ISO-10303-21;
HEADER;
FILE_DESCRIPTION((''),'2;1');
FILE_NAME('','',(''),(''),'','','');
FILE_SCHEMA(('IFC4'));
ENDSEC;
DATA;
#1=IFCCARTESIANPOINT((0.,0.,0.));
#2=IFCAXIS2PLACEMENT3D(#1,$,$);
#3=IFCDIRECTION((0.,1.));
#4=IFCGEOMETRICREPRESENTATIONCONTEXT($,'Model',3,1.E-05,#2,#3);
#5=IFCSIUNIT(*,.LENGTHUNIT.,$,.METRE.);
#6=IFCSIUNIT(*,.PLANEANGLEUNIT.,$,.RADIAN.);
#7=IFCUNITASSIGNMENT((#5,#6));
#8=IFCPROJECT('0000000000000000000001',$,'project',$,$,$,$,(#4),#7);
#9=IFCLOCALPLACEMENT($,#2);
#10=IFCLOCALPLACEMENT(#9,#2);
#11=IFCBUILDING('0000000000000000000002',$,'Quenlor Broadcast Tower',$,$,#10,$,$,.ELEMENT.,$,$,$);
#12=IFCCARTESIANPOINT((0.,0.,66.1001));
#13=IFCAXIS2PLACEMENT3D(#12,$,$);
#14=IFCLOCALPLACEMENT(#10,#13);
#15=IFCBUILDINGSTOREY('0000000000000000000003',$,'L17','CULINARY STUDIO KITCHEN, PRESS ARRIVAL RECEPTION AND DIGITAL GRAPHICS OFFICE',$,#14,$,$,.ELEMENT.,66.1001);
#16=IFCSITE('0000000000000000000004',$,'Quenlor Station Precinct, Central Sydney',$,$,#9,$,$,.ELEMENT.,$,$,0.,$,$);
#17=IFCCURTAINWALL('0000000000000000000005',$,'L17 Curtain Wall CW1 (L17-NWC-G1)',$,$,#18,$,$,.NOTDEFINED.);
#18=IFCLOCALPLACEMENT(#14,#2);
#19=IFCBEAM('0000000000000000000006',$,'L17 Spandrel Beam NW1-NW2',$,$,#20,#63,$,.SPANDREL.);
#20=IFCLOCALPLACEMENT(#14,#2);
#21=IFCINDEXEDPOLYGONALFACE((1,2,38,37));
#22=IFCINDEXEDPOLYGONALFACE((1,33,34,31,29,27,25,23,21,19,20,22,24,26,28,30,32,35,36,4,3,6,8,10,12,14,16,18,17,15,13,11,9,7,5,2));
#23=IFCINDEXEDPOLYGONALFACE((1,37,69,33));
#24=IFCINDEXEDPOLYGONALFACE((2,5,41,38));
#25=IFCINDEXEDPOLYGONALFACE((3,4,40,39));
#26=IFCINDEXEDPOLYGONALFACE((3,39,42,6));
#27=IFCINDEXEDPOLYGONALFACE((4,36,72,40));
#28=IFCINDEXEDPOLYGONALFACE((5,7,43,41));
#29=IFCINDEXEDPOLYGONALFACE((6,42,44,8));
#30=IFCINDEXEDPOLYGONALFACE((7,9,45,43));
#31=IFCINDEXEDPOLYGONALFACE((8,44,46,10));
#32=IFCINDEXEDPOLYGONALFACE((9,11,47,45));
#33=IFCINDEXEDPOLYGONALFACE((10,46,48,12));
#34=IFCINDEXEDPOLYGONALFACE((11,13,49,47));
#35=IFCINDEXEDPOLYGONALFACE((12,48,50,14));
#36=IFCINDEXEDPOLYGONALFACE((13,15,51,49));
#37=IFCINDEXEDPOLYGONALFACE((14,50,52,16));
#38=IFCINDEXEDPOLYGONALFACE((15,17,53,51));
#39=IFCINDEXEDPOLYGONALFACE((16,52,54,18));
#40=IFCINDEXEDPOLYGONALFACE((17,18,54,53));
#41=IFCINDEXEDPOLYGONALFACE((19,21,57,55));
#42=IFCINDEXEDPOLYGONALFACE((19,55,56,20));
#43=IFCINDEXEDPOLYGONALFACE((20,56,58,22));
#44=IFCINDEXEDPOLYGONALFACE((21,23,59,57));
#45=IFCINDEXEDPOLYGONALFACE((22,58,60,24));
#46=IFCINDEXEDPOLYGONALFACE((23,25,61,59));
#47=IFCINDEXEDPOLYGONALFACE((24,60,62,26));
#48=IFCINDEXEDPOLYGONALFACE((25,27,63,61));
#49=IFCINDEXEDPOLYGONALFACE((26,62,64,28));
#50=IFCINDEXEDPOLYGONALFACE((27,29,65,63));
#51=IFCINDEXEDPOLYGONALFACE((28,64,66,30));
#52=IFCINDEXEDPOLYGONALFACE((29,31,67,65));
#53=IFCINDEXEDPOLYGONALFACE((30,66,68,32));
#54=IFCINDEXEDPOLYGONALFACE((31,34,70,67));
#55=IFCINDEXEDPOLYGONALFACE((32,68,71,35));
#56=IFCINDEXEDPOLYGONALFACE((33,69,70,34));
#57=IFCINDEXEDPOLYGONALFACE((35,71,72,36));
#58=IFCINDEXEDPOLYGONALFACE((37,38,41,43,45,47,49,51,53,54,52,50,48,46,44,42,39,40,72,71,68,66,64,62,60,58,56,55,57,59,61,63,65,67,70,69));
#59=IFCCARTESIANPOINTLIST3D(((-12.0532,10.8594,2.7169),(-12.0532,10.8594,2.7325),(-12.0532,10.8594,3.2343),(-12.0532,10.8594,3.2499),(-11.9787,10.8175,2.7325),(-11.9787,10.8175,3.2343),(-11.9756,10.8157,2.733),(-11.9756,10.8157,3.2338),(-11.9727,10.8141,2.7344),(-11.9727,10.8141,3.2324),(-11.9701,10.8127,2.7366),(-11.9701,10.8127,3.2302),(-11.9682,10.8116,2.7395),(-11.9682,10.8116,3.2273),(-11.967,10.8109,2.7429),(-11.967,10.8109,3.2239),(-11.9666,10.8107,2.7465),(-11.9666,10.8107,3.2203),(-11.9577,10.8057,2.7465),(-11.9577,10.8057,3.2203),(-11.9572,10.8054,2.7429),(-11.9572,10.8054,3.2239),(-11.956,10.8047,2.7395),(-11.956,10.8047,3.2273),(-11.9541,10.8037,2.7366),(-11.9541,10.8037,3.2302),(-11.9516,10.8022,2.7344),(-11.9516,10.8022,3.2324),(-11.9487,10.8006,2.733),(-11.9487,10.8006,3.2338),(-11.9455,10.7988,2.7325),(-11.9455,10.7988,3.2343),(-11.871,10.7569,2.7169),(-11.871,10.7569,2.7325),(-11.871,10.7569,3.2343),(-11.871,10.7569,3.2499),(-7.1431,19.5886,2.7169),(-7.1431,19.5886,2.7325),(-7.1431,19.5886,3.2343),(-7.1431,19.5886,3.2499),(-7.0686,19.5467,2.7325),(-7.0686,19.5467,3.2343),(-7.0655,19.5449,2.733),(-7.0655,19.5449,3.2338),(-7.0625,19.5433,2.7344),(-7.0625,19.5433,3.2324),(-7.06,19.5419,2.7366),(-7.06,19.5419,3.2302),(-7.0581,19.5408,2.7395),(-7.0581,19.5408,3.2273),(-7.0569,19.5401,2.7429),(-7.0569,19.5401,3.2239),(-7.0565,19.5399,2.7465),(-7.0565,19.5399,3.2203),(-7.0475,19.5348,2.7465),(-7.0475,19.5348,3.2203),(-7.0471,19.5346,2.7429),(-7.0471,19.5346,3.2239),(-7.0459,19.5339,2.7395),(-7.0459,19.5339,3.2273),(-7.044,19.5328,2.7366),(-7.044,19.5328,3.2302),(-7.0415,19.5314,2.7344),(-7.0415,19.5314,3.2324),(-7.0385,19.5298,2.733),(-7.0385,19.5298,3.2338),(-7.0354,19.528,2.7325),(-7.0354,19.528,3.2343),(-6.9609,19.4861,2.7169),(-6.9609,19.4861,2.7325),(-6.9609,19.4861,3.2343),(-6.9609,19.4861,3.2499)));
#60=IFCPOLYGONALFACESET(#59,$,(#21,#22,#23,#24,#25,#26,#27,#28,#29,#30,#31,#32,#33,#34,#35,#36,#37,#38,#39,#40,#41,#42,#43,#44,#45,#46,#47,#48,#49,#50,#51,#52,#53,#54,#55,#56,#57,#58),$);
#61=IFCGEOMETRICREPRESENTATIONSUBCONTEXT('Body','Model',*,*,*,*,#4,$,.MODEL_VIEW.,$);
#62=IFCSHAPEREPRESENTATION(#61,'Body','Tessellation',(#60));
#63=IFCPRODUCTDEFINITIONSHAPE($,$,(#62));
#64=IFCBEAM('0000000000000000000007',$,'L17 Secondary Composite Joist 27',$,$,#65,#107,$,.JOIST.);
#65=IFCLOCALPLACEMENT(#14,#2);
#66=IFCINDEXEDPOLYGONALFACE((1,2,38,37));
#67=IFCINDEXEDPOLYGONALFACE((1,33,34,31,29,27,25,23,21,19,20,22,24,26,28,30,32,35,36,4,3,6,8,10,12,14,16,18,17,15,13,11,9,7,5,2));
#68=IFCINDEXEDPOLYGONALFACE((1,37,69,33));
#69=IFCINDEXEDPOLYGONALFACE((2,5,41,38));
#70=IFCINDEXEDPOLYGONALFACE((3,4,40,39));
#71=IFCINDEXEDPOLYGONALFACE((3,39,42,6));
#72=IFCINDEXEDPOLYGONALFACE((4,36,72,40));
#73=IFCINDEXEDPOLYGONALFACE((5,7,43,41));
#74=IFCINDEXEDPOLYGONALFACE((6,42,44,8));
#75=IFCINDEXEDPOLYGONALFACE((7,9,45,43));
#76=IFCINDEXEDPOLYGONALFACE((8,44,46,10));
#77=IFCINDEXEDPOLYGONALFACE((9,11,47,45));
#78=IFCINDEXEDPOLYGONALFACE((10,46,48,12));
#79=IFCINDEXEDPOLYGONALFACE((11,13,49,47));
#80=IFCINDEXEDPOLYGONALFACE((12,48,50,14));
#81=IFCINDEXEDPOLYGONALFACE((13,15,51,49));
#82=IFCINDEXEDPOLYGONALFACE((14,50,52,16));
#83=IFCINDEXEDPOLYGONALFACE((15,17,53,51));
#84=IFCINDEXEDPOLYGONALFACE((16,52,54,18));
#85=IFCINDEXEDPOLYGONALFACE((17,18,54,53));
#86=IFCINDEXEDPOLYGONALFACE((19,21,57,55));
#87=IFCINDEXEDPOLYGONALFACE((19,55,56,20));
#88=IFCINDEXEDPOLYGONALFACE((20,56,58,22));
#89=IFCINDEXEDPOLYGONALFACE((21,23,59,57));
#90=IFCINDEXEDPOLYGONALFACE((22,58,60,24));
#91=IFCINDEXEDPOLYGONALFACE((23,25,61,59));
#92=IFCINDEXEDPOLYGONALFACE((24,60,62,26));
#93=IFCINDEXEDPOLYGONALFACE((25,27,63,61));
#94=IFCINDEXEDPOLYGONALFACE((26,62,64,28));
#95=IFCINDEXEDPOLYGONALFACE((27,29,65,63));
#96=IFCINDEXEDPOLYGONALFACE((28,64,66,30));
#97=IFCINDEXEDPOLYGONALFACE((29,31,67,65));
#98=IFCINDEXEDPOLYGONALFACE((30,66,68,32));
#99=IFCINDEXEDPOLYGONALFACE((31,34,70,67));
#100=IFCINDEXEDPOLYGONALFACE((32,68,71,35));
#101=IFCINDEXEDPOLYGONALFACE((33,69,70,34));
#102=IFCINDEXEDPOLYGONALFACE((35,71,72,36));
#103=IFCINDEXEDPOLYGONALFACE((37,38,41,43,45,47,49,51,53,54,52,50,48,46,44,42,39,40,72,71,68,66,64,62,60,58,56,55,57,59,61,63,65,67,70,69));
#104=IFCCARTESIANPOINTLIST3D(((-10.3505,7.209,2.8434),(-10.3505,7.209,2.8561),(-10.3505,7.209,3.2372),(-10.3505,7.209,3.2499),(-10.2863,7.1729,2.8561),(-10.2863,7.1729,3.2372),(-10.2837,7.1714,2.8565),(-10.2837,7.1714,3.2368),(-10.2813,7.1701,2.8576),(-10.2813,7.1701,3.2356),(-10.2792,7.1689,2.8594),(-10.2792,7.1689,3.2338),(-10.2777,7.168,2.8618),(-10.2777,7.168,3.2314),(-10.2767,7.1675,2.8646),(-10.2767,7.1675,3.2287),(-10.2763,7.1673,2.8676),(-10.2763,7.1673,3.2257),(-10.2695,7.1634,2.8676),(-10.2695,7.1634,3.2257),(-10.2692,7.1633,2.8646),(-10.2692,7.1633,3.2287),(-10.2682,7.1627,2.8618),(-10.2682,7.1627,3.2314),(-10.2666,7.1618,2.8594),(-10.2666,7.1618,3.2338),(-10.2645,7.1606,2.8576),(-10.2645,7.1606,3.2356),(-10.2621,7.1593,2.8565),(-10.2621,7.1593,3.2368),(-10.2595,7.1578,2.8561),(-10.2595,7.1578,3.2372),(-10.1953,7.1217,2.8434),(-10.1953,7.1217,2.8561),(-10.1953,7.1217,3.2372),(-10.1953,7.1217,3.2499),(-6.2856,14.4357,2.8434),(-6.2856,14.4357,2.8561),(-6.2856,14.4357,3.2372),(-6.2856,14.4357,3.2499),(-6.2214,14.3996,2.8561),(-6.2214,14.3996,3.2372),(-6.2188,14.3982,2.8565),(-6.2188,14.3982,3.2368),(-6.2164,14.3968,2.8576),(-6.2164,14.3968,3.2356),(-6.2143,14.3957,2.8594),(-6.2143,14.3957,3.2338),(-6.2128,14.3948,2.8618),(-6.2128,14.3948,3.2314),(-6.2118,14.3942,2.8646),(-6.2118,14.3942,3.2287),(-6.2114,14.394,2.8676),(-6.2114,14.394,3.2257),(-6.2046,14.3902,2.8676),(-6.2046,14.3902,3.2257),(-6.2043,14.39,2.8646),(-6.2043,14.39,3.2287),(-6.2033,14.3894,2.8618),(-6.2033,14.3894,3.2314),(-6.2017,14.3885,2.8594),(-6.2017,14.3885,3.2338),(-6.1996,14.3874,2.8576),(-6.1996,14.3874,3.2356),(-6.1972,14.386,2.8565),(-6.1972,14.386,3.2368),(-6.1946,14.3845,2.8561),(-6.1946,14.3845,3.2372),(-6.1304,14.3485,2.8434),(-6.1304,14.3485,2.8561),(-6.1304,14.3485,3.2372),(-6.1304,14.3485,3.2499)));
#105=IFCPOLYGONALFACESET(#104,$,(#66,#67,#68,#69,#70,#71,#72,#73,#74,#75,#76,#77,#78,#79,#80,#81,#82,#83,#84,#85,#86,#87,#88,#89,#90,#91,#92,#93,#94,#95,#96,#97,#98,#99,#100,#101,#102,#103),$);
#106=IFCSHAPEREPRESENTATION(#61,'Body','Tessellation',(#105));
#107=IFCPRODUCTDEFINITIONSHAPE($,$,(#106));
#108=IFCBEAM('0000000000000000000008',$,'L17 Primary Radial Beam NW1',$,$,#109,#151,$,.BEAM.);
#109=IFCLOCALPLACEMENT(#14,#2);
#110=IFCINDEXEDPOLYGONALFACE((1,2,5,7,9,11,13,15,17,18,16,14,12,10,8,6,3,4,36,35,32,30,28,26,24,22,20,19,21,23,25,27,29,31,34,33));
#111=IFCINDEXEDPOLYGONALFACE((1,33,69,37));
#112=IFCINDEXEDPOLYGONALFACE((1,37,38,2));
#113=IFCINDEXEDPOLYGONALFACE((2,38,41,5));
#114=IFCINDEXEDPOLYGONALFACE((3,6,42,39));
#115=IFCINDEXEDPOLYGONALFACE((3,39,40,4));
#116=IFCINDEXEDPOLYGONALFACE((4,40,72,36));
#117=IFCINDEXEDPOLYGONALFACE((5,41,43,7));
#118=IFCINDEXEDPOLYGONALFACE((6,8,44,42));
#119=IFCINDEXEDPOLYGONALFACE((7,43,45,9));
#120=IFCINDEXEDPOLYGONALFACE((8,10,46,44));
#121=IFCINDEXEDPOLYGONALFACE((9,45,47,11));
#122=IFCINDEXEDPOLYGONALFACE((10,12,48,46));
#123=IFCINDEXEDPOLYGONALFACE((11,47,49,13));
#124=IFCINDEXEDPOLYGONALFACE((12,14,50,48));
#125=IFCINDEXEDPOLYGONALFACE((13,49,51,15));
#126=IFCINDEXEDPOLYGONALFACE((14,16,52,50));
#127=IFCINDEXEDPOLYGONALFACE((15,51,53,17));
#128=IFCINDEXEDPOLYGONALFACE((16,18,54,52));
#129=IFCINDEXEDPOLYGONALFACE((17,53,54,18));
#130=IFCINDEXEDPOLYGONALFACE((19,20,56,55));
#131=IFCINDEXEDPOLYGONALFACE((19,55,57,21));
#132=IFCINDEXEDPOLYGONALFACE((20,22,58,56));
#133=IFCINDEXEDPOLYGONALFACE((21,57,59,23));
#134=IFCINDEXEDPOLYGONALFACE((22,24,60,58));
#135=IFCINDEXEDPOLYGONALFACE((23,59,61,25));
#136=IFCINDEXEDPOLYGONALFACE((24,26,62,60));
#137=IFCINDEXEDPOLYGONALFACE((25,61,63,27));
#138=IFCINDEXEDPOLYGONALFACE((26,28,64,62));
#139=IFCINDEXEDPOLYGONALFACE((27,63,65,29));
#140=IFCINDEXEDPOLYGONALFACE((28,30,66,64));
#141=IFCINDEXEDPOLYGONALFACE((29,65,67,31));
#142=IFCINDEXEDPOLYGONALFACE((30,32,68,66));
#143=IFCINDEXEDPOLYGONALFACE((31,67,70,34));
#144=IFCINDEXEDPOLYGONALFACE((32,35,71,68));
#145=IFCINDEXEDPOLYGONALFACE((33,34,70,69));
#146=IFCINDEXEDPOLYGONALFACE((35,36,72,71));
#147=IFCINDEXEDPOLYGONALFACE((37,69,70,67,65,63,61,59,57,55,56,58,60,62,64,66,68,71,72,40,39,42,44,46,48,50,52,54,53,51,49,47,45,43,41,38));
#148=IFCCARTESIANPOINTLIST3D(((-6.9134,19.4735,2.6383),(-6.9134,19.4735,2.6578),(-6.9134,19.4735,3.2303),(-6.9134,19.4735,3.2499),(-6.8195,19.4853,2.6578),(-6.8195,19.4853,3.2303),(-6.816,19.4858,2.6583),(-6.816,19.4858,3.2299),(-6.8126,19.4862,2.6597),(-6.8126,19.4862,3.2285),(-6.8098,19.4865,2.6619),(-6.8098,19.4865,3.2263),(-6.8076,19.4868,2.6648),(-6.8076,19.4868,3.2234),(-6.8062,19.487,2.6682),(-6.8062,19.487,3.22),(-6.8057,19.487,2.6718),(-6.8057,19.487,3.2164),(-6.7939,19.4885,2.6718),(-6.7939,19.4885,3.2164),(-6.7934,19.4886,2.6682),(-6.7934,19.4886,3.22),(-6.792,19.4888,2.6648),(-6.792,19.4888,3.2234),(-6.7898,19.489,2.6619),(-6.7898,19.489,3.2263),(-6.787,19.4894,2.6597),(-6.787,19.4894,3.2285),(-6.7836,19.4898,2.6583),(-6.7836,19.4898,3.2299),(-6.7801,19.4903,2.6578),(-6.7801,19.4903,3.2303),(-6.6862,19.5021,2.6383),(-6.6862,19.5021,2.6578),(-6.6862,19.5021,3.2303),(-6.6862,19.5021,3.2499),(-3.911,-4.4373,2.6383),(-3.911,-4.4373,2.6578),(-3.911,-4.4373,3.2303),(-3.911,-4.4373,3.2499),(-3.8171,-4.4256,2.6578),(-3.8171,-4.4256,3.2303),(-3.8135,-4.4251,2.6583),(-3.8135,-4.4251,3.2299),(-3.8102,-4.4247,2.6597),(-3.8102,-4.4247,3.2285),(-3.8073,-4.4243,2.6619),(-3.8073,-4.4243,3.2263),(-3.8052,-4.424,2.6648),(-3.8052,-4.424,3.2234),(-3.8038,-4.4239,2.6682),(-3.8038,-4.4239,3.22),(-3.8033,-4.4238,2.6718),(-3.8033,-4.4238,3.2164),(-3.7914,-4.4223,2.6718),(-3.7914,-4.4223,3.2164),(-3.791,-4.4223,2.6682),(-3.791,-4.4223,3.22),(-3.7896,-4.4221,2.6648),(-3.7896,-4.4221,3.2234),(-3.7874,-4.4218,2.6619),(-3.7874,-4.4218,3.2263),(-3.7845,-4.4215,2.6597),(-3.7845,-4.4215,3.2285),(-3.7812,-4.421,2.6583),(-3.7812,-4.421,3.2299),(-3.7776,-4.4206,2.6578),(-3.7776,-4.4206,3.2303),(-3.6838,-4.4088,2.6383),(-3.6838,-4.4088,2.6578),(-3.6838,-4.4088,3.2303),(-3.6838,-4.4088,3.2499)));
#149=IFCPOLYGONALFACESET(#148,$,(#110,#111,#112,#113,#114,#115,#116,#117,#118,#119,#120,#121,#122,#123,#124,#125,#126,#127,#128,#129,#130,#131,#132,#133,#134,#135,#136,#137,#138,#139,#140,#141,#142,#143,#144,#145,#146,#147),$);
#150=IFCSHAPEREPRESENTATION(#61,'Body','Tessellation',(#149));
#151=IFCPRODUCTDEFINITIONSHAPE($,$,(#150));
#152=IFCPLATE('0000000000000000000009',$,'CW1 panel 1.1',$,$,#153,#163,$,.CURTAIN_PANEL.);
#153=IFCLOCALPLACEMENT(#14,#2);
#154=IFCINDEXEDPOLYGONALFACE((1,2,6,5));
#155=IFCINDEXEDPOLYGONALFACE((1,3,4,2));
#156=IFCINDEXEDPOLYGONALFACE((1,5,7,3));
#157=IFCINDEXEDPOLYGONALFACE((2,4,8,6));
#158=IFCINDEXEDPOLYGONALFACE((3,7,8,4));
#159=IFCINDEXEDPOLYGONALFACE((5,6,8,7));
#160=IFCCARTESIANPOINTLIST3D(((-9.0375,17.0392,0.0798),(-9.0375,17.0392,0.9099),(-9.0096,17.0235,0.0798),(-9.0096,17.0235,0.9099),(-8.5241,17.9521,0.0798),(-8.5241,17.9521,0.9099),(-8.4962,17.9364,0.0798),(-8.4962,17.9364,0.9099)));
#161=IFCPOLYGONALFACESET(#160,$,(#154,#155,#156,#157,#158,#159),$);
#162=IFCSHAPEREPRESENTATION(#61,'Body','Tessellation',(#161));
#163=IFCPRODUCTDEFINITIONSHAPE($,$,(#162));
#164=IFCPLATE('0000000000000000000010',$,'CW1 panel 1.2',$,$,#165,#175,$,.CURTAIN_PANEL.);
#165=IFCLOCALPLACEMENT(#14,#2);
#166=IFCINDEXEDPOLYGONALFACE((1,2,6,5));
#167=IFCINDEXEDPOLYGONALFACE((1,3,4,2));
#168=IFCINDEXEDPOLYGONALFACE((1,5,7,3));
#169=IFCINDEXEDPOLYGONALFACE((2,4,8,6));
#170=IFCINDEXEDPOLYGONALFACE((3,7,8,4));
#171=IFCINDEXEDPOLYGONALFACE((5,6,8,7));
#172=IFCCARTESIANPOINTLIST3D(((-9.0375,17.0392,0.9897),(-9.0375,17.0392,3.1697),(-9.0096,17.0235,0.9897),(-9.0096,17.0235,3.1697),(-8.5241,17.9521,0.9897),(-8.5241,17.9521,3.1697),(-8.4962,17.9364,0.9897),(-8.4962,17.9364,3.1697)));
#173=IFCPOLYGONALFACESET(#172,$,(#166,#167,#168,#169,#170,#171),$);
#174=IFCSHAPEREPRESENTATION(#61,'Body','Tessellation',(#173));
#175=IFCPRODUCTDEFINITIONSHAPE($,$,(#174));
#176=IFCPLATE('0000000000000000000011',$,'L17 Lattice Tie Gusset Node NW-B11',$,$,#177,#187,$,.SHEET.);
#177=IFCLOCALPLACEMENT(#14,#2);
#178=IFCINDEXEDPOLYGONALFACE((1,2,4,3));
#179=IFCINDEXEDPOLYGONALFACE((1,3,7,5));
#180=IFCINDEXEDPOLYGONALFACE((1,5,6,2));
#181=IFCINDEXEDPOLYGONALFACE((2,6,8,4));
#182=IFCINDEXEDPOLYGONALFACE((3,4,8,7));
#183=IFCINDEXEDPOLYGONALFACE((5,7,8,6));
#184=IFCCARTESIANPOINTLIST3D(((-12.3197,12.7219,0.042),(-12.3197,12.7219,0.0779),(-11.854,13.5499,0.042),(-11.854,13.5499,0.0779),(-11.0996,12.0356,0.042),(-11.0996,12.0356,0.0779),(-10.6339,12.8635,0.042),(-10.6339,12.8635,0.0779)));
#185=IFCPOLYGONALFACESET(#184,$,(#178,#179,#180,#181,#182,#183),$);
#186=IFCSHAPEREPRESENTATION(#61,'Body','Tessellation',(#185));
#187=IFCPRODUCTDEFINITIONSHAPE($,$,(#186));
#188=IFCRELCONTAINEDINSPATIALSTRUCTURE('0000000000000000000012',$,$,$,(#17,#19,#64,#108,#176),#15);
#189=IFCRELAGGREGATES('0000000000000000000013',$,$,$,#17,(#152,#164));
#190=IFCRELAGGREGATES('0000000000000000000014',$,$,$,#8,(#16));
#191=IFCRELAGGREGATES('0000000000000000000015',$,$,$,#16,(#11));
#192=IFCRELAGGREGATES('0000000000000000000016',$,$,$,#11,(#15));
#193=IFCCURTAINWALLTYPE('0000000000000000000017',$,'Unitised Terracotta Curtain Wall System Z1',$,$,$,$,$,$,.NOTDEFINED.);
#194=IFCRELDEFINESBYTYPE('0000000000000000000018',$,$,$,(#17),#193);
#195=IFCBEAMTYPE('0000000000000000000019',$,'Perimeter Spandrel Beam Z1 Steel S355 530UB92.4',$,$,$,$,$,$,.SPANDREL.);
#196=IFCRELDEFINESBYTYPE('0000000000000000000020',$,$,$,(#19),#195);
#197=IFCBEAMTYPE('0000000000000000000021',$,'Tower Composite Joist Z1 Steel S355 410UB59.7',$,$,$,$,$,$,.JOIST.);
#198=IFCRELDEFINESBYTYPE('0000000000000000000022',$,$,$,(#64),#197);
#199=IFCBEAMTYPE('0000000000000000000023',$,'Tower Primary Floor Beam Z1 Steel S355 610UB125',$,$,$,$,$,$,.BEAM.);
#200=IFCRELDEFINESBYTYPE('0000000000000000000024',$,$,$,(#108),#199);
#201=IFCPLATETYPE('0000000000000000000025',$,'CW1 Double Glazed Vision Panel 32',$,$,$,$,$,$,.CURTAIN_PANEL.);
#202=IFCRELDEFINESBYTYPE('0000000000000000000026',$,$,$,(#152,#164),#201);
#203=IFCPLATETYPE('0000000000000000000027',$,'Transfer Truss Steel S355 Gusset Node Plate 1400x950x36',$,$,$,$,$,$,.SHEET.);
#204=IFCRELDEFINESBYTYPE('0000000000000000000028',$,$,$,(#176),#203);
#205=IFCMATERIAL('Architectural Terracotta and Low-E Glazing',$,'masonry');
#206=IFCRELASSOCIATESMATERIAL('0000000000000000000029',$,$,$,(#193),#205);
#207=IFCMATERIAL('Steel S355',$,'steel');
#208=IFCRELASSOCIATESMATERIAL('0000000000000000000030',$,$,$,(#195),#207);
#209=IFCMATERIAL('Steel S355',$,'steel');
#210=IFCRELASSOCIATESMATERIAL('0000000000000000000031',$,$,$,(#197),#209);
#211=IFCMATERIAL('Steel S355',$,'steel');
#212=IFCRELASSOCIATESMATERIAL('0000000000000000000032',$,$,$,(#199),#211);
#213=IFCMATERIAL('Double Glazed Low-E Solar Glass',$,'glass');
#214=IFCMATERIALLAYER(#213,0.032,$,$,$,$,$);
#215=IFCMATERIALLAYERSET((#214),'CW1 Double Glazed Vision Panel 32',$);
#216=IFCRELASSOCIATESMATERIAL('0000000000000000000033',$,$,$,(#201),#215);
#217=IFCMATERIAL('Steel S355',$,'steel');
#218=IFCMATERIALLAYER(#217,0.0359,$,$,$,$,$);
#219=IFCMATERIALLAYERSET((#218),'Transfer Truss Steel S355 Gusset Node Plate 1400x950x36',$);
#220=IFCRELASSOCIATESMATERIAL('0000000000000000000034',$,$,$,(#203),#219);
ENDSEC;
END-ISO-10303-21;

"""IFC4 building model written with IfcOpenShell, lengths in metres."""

from ifc_helpers import new_model, si_unit, direction, frame, origin, origin_2d, place, context, subcontext, project, spatial, rectangle, i_section, extrude, material, layer, layer_set, material_profile, profile_set, type_object, element, aggregate, save


model = new_model("IFC4")

# Units and contexts
model_context = context("Model", 3, precision=1e-05, world=origin(), true_north=direction((0.0, 1.0)))
body_context = subcontext(model_context, "Body", "Model", "MODEL_VIEW")
ifc_project = project(units=[si_unit("LENGTHUNIT", "METRE"), si_unit("PLANEANGLEUNIT", "RADIAN")], contexts=[model_context])

# Site, building, storey
site_placement = place(None, origin())
site = spatial("IfcSite", under=ifc_project, at=site_placement, Name="Quenlor Station Precinct, Central Sydney", CompositionType="ELEMENT", RefElevation=0.0)
building_placement = place(site_placement, origin())
building = spatial("IfcBuilding", under=site, at=building_placement, Name="Quenlor Broadcast Tower", CompositionType="ELEMENT")
storey_placement = place(building_placement, frame((0.0, 0.0, 66.1001)))
storey = spatial("IfcBuildingStorey", under=building, at=storey_placement, Name="L17", Description="CULINARY STUDIO KITCHEN, PRESS ARRIVAL RECEPTION AND DIGITAL GRAPHICS OFFICE", CompositionType="ELEMENT", Elevation=66.1001)

# Curtain wall
ifc_material_1 = material(Name="Architectural Terracotta and Low-E Glazing", Category="masonry")
curtain_wall_type = type_object("IfcCurtainWallType", Name="Unitised Terracotta Curtain Wall System Z1", PredefinedType="NOTDEFINED", material=ifc_material_1)
curtain_wall_placement = place(storey_placement, origin())
curtain_wall = element("IfcCurtainWall", 1, at=curtain_wall_placement, inside=storey, type_object=curtain_wall_type, Name="L17 Curtain Wall CW1 (L17-NWC-G1)", PredefinedType="NOTDEFINED")

# Beams
ifc_material_2 = material(Name="Steel S355", Category="steel")
ifc_material_profile_1 = material_profile(ifc_material_2, i_section(OverallWidth=0.209, OverallDepth=0.533, WebThickness=0.0103, FlangeThickness=0.0156, FilletRadius=0.0139, at=origin_2d()))
ifc_profile_set_1 = profile_set([ifc_material_profile_1], Name="Steel S355 530UB92.4")
beam_type_1 = type_object("IfcBeamType", Name="Perimeter Spandrel Beam Z1 Steel S355 530UB92.4", PredefinedType="SPANDREL", material=ifc_profile_set_1)
beam_1_placement = place(storey_placement, frame((-7.052, 19.5374, 2.9834), z_axis=(-0.490258, -0.871577, 0.0), x_axis=(0.871577, -0.490258, 0.0)))
element("IfcBeam", 2, at=beam_1_placement, inside=storey, type_object=beam_type_1, Name="L17 Spandrel Beam NW1-NW2", PredefinedType="SPANDREL", context=body_context, shape_type="SweptSolid", body=[
    extrude(i_section(OverallWidth=0.209, OverallDepth=0.533, WebThickness=0.0103, FlangeThickness=0.0156, FilletRadius=0.0139, at=origin_2d()), origin(), (0.0, 0.0, 1.0), 10.0154),
])
ifc_material_3 = material(Name="Steel S355", Category="steel")
ifc_material_profile_2 = material_profile(ifc_material_3, i_section(OverallWidth=0.178, OverallDepth=0.4065, WebThickness=0.0078, FlangeThickness=0.0127, FilletRadius=0.0115, at=origin_2d()))
ifc_profile_set_2 = profile_set([ifc_material_profile_2], Name="Steel S355 410UB59.7")
beam_type_2 = type_object("IfcBeamType", Name="Tower Composite Joist Z1 Steel S355 410UB59.7", PredefinedType="JOIST", material=ifc_profile_set_2)
beam_2_placement = place(storey_placement, frame((-6.208, 14.3921, 3.0466), z_axis=(-0.490249, -0.871583, 0.0), x_axis=(0.871583, -0.490249, 0.0)))
element("IfcBeam", 3, at=beam_2_placement, inside=storey, type_object=beam_type_2, Name="L17 Secondary Composite Joist 27", PredefinedType="JOIST", context=body_context, shape_type="SweptSolid", body=[
    extrude(i_section(OverallWidth=0.178, OverallDepth=0.4065, WebThickness=0.0078, FlangeThickness=0.0127, FilletRadius=0.0115, at=origin_2d()), origin(), (0.0, 0.0, 1.0), 8.2915),
])
ifc_material_4 = material(Name="Steel S355", Category="steel")
ifc_material_profile_3 = material_profile(ifc_material_4, i_section(OverallWidth=0.229, OverallDepth=0.6116, WebThickness=0.012, FlangeThickness=0.0195, FilletRadius=0.0139, at=origin_2d()))
ifc_profile_set_3 = profile_set([ifc_material_profile_3], Name="Steel S355 610UB125")
beam_type_3 = type_object("IfcBeamType", Name="Tower Primary Floor Beam Z1 Steel S355 610UB125", PredefinedType="BEAM", material=ifc_profile_set_3)
beam_3_placement = place(storey_placement, frame((-6.7998, 19.4878, 2.9441), z_axis=(0.12459, -0.992208, 0.0), x_axis=(0.992208, 0.12459, 0.0)))
element("IfcBeam", 4, at=beam_3_placement, inside=storey, type_object=beam_type_3, Name="L17 Primary Radial Beam NW1", PredefinedType="BEAM", context=body_context, shape_type="SweptSolid", body=[
    extrude(i_section(OverallWidth=0.229, OverallDepth=0.6116, WebThickness=0.012, FlangeThickness=0.0195, FilletRadius=0.0139, at=origin_2d()), origin(), (0.0, 0.0, 1.0), 24.0986),
])

# Plates
ifc_material_5 = material(Name="Double Glazed Low-E Solar Glass", Category="glass")
ifc_layer_1 = layer(ifc_material_5, 0.032)
ifc_layer_set_1 = layer_set([ifc_layer_1], Name="CW1 Double Glazed Vision Panel 32")
plate_type_1 = type_object("IfcPlateType", Name="CW1 Double Glazed Vision Panel 32", PredefinedType="CURTAIN_PANEL", material=ifc_layer_set_1)
plate_1_placement = place(storey_placement, frame((-8.7668, 17.4878, 0.0798), z_axis=(0.0, 0.0, 1.0), x_axis=(0.490214, 0.871602, 0.0)))
plate_1 = element("IfcPlate", 5, at=plate_1_placement, type_object=plate_type_1, Name="CW1 panel 1.1", PredefinedType="CURTAIN_PANEL", context=body_context, shape_type="SweptSolid", body=[
    extrude(rectangle(XDim=1.0474, YDim=0.032, at=origin_2d()), origin(), (0.0, 0.0, 1.0), 0.8301),
])
plate_2_placement = place(storey_placement, frame((-8.7668, 17.4878, 0.9897), z_axis=(0.0, 0.0, 1.0), x_axis=(0.490214, 0.871602, 0.0)))
plate_2 = element("IfcPlate", 6, at=plate_2_placement, type_object=plate_type_1, Name="CW1 panel 1.2", PredefinedType="CURTAIN_PANEL", context=body_context, shape_type="SweptSolid", body=[
    extrude(rectangle(XDim=1.0474, YDim=0.032, at=origin_2d()), origin(), (0.0, 0.0, 1.0), 2.1799),
])
aggregate(curtain_wall, [plate_1, plate_2])

# Plate
ifc_material_6 = material(Name="Steel S355", Category="steel")
ifc_layer_2 = layer(ifc_material_6, 0.0359)
ifc_layer_set_2 = layer_set([ifc_layer_2], Name="Transfer Truss Steel S355 Gusset Node Plate 1400x950x36")
plate_type_2 = type_object("IfcPlateType", Name="Transfer Truss Steel S355 Gusset Node Plate 1400x950x36", PredefinedType="SHEET", material=ifc_layer_set_2)
for number, where, z_axis, x_axis, name in (
    (7, (-11.4768, 12.7927, 0.042), (0.0, 0.0, 1.0), (-0.871556, 0.490295, 0.0), "L17 Lattice Tie Gusset Node NW-B11"),
):
    element("IfcPlate", number, at=place(storey_placement, frame(where, z_axis=z_axis, x_axis=x_axis)), inside=storey, type_object=plate_type_2, Name=name, PredefinedType="SHEET", context=body_context, shape_type="SweptSolid", body=[
        extrude(rectangle(XDim=1.3999, YDim=0.95, at=origin_2d()), origin(), (0.0, 0.0, 1.0), 0.0359),
    ])

save(model, "model.ifc")
